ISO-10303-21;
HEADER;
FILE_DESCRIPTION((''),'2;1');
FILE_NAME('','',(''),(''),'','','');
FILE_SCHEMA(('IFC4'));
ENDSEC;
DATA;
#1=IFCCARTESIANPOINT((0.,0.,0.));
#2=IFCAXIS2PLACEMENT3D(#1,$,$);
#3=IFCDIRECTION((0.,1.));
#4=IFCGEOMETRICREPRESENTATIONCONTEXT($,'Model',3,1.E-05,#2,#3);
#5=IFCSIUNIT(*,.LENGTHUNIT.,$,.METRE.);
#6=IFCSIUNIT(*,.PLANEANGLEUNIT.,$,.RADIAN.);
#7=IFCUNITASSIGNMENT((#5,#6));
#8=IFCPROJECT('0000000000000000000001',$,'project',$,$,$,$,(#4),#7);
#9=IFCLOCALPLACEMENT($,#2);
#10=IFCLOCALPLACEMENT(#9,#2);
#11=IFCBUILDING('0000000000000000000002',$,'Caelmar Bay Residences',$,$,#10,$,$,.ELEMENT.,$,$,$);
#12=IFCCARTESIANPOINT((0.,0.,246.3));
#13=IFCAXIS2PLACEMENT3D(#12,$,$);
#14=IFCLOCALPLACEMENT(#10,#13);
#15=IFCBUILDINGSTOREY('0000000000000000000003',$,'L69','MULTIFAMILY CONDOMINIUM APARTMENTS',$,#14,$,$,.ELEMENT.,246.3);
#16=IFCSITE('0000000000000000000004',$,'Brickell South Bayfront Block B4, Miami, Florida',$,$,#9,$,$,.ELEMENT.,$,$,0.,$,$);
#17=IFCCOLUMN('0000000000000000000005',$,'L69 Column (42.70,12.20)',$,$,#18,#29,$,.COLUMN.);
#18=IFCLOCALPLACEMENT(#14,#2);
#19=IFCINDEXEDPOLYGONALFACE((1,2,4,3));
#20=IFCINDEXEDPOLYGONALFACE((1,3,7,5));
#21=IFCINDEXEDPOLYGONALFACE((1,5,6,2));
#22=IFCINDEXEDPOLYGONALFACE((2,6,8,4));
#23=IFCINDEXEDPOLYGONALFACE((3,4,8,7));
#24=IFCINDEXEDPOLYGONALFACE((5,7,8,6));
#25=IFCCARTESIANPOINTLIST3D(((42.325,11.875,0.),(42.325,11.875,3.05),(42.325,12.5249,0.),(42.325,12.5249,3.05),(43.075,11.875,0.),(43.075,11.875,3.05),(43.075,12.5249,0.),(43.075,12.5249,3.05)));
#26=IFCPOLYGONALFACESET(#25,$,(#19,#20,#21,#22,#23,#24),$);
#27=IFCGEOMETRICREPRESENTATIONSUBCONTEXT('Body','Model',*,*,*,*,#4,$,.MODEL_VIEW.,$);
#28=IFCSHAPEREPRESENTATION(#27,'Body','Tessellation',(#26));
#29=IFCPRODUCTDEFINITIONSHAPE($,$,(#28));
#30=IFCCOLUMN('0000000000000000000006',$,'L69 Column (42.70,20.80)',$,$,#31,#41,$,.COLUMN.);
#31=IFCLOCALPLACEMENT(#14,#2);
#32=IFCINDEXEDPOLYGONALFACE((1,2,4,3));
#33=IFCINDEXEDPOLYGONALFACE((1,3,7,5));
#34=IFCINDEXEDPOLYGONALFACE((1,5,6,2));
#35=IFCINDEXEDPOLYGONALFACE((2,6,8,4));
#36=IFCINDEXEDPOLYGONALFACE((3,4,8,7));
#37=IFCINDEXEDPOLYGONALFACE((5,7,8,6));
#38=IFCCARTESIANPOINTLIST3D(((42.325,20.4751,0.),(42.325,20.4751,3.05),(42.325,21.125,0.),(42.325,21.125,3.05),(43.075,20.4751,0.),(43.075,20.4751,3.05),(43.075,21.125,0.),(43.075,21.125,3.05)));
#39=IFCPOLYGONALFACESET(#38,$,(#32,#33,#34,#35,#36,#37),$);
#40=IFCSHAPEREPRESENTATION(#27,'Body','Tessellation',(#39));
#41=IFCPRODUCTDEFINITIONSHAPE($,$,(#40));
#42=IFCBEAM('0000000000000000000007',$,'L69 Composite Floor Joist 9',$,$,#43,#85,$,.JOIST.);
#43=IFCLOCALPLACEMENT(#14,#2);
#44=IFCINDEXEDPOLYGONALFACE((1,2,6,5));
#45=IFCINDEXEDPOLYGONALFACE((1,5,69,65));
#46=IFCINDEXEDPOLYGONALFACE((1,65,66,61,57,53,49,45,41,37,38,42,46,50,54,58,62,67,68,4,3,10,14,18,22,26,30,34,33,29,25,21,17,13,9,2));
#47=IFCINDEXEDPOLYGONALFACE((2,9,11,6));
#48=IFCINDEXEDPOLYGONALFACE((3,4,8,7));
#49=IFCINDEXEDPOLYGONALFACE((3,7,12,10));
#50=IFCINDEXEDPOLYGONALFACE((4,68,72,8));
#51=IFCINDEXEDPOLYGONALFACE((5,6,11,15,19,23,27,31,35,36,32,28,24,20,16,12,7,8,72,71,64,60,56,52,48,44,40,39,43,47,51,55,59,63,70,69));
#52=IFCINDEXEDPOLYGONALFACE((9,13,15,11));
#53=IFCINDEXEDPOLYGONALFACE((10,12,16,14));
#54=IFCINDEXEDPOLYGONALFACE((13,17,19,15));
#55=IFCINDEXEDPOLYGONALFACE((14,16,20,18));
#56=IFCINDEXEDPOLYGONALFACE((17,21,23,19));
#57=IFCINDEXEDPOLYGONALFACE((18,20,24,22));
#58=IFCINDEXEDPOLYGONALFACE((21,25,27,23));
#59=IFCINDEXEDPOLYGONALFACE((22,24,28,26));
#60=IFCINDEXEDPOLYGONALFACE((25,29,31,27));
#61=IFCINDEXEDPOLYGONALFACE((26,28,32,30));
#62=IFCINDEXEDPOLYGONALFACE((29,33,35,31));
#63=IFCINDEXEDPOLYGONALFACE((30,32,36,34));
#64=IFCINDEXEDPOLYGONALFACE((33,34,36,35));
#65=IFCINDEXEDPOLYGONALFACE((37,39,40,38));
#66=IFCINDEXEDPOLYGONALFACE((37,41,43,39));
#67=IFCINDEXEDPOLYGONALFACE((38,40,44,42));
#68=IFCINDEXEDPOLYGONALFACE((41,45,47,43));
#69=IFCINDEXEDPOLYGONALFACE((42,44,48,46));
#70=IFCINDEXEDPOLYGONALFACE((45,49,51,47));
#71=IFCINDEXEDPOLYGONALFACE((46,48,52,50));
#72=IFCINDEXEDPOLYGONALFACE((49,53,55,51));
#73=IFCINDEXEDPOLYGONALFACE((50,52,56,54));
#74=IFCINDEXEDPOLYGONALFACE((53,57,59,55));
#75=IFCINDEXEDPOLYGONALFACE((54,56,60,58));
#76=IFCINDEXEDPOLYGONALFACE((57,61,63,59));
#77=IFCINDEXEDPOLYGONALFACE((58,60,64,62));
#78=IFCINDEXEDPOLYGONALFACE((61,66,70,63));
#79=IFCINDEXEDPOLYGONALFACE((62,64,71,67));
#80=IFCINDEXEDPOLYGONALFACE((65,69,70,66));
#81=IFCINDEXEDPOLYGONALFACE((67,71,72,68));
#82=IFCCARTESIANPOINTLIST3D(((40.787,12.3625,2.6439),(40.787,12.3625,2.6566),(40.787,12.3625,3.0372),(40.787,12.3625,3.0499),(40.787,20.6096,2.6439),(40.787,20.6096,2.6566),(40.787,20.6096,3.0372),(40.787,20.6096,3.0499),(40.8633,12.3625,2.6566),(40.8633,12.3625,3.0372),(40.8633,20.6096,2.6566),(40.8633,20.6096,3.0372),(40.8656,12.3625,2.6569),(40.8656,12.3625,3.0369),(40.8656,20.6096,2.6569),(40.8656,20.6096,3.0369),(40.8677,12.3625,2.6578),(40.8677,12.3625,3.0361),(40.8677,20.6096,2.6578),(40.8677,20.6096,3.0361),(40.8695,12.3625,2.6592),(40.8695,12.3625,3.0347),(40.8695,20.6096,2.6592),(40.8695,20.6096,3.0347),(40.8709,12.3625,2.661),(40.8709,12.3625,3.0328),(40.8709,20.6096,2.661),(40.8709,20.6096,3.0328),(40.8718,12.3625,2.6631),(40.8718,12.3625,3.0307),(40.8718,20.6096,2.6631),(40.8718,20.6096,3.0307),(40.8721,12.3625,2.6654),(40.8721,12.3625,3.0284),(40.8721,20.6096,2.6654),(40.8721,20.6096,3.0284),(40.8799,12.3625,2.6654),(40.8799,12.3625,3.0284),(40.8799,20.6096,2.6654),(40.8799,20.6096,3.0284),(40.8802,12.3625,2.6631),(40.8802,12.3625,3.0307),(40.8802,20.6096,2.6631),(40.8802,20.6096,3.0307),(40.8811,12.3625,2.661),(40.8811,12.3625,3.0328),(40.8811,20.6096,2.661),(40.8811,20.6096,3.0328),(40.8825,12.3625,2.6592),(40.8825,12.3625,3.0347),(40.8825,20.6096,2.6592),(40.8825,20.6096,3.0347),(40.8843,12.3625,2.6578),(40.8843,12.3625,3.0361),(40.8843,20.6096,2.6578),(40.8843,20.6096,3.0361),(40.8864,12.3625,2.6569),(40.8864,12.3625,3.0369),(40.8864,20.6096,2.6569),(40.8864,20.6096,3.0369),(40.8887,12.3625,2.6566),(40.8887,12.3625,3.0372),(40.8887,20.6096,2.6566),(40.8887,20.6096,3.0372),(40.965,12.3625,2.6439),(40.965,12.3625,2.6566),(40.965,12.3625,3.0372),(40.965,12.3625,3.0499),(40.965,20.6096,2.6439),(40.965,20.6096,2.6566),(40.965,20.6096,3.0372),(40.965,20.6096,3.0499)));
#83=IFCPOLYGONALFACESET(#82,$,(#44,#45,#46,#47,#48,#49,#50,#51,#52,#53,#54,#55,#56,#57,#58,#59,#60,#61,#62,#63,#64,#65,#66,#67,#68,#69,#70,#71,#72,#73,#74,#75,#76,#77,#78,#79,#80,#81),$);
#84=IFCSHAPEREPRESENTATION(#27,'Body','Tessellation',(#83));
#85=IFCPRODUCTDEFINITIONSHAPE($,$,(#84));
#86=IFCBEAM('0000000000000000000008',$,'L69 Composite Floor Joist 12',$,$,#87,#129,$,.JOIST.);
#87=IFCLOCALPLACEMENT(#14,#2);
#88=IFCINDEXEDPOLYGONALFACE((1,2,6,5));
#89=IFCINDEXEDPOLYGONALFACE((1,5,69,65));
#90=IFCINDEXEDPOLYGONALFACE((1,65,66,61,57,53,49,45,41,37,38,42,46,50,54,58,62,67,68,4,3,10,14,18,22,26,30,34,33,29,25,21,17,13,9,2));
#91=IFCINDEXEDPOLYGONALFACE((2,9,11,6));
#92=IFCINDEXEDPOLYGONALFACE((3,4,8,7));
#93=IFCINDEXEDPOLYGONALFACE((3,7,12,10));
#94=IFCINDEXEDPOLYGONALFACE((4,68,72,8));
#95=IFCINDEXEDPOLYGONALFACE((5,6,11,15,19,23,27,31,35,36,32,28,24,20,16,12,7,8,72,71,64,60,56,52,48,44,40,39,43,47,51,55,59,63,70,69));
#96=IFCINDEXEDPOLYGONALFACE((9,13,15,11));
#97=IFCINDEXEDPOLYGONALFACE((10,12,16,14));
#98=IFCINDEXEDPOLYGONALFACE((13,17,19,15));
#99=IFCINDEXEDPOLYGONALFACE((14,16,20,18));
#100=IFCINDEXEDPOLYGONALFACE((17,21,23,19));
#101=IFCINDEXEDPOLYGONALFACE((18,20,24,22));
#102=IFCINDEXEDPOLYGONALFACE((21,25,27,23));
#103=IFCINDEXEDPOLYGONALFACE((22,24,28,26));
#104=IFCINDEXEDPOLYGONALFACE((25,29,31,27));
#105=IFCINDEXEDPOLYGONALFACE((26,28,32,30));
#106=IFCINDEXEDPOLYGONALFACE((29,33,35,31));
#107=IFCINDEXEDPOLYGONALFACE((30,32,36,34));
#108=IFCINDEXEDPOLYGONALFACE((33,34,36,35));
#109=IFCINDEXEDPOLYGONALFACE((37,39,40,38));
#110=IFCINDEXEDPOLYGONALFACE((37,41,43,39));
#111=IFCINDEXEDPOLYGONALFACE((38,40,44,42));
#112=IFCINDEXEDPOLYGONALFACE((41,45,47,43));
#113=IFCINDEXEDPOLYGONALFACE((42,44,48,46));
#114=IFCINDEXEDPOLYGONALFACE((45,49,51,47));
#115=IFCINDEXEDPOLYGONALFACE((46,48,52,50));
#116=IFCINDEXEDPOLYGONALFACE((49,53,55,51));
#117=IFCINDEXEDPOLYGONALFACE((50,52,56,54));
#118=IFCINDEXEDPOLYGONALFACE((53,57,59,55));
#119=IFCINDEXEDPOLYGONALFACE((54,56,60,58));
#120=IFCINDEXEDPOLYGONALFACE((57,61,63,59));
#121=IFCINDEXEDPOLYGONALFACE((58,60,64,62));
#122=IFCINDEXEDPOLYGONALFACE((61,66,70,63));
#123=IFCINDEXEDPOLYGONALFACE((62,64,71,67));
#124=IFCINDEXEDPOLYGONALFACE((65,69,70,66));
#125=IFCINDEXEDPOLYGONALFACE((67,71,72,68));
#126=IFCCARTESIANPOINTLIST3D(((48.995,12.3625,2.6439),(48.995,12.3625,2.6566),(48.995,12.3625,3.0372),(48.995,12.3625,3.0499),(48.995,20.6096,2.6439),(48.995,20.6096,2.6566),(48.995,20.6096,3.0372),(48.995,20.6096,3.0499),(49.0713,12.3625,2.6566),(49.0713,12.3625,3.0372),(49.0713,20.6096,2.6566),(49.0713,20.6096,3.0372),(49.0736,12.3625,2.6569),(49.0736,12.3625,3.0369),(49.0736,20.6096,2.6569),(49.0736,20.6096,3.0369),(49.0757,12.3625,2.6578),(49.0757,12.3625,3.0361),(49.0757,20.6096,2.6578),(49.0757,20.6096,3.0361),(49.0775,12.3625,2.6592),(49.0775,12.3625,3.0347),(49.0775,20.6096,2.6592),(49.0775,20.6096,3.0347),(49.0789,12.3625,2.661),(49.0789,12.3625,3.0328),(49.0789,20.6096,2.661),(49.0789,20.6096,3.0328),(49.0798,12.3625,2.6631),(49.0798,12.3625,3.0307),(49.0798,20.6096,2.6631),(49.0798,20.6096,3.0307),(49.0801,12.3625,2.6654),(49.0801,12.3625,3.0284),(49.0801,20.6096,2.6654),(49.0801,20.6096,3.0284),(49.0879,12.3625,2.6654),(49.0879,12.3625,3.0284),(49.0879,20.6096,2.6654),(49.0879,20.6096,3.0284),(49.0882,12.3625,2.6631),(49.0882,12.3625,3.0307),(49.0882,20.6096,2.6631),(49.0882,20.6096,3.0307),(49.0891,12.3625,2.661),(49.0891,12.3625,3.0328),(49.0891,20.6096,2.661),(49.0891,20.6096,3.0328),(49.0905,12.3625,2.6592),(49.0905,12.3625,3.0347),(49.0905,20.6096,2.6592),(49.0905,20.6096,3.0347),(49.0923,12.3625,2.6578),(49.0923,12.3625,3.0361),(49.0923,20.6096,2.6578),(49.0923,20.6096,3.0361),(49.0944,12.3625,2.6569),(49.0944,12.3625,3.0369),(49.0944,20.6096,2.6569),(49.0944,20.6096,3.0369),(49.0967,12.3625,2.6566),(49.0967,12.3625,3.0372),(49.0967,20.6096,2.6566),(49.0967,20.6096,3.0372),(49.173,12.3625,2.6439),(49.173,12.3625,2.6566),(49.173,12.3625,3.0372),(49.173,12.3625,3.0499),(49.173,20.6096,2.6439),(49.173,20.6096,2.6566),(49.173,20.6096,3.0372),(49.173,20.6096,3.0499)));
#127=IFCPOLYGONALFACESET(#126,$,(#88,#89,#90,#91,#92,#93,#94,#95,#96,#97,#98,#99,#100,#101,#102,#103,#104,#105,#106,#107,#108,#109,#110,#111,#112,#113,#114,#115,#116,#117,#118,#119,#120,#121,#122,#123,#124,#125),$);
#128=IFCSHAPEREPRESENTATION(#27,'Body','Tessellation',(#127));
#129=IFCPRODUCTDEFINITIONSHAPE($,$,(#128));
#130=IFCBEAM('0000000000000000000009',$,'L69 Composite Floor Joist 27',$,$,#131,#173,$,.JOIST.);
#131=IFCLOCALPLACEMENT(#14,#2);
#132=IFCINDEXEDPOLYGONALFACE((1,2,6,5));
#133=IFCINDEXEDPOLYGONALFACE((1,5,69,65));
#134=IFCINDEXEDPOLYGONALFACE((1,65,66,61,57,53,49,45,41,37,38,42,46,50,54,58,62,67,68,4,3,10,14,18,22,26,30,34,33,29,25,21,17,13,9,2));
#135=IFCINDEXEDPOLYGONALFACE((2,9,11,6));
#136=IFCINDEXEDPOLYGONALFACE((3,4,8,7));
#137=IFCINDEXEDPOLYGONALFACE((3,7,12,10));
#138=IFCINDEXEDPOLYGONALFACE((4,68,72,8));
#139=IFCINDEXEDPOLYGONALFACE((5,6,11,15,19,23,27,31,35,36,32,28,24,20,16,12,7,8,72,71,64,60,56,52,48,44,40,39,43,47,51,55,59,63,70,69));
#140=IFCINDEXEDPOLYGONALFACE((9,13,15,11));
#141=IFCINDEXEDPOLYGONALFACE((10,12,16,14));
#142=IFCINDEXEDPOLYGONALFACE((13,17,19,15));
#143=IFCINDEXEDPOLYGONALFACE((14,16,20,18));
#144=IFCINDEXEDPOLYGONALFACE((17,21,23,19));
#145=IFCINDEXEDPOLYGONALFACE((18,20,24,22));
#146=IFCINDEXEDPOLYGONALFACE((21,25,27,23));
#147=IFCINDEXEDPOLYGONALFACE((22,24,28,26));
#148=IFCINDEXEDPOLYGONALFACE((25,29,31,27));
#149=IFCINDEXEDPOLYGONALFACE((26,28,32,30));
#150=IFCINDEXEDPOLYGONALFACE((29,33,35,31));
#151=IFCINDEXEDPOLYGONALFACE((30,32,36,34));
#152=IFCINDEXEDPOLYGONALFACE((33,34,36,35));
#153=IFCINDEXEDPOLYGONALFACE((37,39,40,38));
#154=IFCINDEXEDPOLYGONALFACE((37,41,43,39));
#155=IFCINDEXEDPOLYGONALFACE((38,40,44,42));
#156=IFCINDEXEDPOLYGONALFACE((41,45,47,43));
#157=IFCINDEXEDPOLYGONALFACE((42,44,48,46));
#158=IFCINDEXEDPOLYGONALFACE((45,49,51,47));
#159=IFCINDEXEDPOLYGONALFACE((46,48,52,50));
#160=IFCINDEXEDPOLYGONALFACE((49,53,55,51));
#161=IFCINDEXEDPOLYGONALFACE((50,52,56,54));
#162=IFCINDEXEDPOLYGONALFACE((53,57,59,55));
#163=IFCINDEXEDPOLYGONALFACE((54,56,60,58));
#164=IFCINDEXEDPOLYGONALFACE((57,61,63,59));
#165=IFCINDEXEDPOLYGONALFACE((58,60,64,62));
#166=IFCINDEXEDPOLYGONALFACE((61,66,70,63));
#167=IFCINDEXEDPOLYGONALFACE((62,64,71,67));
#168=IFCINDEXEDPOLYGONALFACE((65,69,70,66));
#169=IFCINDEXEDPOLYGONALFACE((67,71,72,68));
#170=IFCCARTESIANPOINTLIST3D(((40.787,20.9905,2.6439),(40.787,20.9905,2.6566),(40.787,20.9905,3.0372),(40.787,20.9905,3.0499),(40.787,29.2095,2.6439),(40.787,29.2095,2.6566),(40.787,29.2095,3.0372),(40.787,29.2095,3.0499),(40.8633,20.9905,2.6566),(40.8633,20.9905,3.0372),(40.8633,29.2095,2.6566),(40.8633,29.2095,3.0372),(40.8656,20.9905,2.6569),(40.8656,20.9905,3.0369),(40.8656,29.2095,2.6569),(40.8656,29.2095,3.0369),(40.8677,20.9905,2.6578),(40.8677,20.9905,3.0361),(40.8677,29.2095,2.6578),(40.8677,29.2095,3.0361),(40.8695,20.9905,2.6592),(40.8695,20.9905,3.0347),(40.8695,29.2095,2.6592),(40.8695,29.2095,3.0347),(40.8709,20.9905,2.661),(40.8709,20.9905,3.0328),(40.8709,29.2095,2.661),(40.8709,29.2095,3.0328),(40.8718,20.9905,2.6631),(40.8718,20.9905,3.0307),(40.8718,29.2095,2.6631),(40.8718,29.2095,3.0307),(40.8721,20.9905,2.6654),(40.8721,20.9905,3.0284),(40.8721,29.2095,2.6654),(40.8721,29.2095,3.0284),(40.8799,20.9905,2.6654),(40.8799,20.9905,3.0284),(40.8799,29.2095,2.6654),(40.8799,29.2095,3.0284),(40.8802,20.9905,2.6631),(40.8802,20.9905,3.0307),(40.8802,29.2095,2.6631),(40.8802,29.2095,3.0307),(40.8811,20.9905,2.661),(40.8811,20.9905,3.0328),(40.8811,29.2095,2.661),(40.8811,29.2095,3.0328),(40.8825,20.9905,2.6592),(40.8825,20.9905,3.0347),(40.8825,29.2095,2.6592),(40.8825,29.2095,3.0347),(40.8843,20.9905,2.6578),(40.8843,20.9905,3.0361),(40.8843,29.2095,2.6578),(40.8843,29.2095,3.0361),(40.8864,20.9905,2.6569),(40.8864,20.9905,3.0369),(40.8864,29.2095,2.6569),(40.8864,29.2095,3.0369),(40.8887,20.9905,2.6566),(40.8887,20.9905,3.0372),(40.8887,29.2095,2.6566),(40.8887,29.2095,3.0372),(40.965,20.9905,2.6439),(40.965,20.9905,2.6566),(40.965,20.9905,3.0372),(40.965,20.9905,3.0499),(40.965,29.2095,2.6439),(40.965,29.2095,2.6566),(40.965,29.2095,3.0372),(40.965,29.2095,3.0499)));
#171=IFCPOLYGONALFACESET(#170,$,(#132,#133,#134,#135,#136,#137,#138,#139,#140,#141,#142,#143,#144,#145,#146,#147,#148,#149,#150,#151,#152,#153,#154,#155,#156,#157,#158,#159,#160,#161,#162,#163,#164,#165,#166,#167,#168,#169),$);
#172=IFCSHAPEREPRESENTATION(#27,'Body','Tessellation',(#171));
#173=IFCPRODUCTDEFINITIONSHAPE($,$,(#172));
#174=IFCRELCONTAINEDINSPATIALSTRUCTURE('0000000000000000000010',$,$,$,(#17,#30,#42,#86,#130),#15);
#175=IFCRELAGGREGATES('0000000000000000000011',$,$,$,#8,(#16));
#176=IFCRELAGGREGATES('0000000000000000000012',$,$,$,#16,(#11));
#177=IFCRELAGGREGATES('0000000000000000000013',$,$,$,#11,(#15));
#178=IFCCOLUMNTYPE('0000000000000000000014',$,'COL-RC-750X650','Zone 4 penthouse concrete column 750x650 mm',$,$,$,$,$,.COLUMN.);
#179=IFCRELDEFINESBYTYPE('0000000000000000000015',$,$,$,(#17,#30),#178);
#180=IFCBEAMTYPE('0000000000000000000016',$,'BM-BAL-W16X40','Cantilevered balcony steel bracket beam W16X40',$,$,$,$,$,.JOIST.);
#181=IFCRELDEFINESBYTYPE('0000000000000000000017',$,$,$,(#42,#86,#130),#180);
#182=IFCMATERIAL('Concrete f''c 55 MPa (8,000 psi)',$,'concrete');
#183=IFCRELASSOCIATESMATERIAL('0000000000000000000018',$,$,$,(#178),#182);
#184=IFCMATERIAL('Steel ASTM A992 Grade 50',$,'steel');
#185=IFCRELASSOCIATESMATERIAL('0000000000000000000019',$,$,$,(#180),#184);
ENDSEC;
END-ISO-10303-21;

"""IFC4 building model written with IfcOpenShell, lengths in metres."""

from ifc_helpers import new_model, si_unit, direction, frame, origin, origin_2d, place, context, subcontext, project, spatial, rectangle, i_section, extrude, material, material_profile, profile_set, type_object, element, save


model = new_model("IFC4")

# Units and contexts
model_context = context("Model", 3, precision=1e-05, world=origin(), true_north=direction((0.0, 1.0)))
body_context = subcontext(model_context, "Body", "Model", "MODEL_VIEW")
ifc_project = project(units=[si_unit("LENGTHUNIT", "METRE"), si_unit("PLANEANGLEUNIT", "RADIAN")], contexts=[model_context])

# Site, building, storey
site_placement = place(None, origin())
site = spatial("IfcSite", under=ifc_project, at=site_placement, Name="Brickell South Bayfront Block B4, Miami, Florida", CompositionType="ELEMENT", RefElevation=0.0)
building_placement = place(site_placement, origin())
building = spatial("IfcBuilding", under=site, at=building_placement, Name="Caelmar Bay Residences", CompositionType="ELEMENT")
storey_placement = place(building_placement, frame((0.0, 0.0, 246.3)))
storey = spatial("IfcBuildingStorey", under=building, at=storey_placement, Name="L69", Description="MULTIFAMILY CONDOMINIUM APARTMENTS", CompositionType="ELEMENT", Elevation=246.3)

# Columns
ifc_material_1 = material(Name="Concrete f'c 55 MPa (8,000 psi)", Category="concrete")
ifc_material_profile_1 = material_profile(ifc_material_1, rectangle(XDim=0.75, YDim=0.6499, at=origin_2d()), Name="RC-COL-750X650")
ifc_profile_set_1 = profile_set([ifc_material_profile_1], Name="Concrete f'c 55 MPa (8,000 psi)")
column_type = type_object("IfcColumnType", Name="COL-RC-750X650", Description="Zone 4 penthouse concrete column 750x650 mm", PredefinedType="COLUMN", material=ifc_profile_set_1)
for number, where, z_axis, x_axis, name in (
    (1, (42.7, 12.2, 0.0), (0.0, 0.0, 1.0), (1.0, 0.0, 0.0), "L69 Column (42.70,12.20)"),
    (2, (42.7, 20.8, 0.0), (0.0, 0.0, 1.0), (1.0, 0.0, 0.0), "L69 Column (42.70,20.80)"),
):
    element("IfcColumn", number, at=place(storey_placement, frame(where, z_axis=z_axis, x_axis=x_axis)), inside=storey, type_object=column_type, Name=name, PredefinedType="COLUMN", context=body_context, shape_type="SweptSolid", body=[
        extrude(rectangle(XDim=0.75, YDim=0.6499, at=origin_2d()), origin(), (0.0, 0.0, 1.0), 3.05),
    ])

# Beams
ifc_material_2 = material(Name="Steel ASTM A992 Grade 50", Category="steel")
ifc_material_profile_2 = material_profile(ifc_material_2, i_section(OverallWidth=0.178, OverallDepth=0.406, WebThickness=0.0078, FlangeThickness=0.0127, FilletRadius=0.0088, at=origin_2d()), Name="W16X40")
ifc_profile_set_2 = profile_set([ifc_material_profile_2], Name="Steel ASTM A992 Grade 50")
beam_type_1 = type_object("IfcBeamType", Name="BM-BAL-W16X40", Description="Cantilevered balcony steel bracket beam W16X40", PredefinedType="JOIST", material=ifc_profile_set_2)
for number, where, z_axis, x_axis, name in (
    (3, (40.876, 12.3625, 2.8469), (0.0, 1.0, 0.0), (-1.0, 0.0, 0.0), "L69 Composite Floor Joist 9"),
    (4, (49.084, 12.3625, 2.8469), (0.0, 1.0, 0.0), (-1.0, 0.0, 0.0), "L69 Composite Floor Joist 12"),
):
    element("IfcBeam", number, at=place(storey_placement, frame(where, z_axis=z_axis, x_axis=x_axis)), inside=storey, type_object=beam_type_1, Name=name, PredefinedType="JOIST", context=body_context, shape_type="SweptSolid", body=[
        extrude(i_section(OverallWidth=0.178, OverallDepth=0.406, WebThickness=0.0078, FlangeThickness=0.0127, FilletRadius=0.0088, at=origin_2d()), origin(), (0.0, 0.0, 1.0), 8.2471),
    ])
for number, where, z_axis, x_axis, name in (
    (5, (40.876, 20.9905, 2.8469), (0.0, 1.0, 0.0), (-1.0, 0.0, 0.0), "L69 Composite Floor Joist 27"),
):
    element("IfcBeam", number, at=place(storey_placement, frame(where, z_axis=z_axis, x_axis=x_axis)), inside=storey, type_object=beam_type_1, Name=name, PredefinedType="JOIST", context=body_context, shape_type="SweptSolid", body=[
        extrude(i_section(OverallWidth=0.178, OverallDepth=0.406, WebThickness=0.0078, FlangeThickness=0.0127, FilletRadius=0.0088, at=origin_2d()), origin(), (0.0, 0.0, 1.0), 8.219),
    ])

save(model, "model.ifc")
